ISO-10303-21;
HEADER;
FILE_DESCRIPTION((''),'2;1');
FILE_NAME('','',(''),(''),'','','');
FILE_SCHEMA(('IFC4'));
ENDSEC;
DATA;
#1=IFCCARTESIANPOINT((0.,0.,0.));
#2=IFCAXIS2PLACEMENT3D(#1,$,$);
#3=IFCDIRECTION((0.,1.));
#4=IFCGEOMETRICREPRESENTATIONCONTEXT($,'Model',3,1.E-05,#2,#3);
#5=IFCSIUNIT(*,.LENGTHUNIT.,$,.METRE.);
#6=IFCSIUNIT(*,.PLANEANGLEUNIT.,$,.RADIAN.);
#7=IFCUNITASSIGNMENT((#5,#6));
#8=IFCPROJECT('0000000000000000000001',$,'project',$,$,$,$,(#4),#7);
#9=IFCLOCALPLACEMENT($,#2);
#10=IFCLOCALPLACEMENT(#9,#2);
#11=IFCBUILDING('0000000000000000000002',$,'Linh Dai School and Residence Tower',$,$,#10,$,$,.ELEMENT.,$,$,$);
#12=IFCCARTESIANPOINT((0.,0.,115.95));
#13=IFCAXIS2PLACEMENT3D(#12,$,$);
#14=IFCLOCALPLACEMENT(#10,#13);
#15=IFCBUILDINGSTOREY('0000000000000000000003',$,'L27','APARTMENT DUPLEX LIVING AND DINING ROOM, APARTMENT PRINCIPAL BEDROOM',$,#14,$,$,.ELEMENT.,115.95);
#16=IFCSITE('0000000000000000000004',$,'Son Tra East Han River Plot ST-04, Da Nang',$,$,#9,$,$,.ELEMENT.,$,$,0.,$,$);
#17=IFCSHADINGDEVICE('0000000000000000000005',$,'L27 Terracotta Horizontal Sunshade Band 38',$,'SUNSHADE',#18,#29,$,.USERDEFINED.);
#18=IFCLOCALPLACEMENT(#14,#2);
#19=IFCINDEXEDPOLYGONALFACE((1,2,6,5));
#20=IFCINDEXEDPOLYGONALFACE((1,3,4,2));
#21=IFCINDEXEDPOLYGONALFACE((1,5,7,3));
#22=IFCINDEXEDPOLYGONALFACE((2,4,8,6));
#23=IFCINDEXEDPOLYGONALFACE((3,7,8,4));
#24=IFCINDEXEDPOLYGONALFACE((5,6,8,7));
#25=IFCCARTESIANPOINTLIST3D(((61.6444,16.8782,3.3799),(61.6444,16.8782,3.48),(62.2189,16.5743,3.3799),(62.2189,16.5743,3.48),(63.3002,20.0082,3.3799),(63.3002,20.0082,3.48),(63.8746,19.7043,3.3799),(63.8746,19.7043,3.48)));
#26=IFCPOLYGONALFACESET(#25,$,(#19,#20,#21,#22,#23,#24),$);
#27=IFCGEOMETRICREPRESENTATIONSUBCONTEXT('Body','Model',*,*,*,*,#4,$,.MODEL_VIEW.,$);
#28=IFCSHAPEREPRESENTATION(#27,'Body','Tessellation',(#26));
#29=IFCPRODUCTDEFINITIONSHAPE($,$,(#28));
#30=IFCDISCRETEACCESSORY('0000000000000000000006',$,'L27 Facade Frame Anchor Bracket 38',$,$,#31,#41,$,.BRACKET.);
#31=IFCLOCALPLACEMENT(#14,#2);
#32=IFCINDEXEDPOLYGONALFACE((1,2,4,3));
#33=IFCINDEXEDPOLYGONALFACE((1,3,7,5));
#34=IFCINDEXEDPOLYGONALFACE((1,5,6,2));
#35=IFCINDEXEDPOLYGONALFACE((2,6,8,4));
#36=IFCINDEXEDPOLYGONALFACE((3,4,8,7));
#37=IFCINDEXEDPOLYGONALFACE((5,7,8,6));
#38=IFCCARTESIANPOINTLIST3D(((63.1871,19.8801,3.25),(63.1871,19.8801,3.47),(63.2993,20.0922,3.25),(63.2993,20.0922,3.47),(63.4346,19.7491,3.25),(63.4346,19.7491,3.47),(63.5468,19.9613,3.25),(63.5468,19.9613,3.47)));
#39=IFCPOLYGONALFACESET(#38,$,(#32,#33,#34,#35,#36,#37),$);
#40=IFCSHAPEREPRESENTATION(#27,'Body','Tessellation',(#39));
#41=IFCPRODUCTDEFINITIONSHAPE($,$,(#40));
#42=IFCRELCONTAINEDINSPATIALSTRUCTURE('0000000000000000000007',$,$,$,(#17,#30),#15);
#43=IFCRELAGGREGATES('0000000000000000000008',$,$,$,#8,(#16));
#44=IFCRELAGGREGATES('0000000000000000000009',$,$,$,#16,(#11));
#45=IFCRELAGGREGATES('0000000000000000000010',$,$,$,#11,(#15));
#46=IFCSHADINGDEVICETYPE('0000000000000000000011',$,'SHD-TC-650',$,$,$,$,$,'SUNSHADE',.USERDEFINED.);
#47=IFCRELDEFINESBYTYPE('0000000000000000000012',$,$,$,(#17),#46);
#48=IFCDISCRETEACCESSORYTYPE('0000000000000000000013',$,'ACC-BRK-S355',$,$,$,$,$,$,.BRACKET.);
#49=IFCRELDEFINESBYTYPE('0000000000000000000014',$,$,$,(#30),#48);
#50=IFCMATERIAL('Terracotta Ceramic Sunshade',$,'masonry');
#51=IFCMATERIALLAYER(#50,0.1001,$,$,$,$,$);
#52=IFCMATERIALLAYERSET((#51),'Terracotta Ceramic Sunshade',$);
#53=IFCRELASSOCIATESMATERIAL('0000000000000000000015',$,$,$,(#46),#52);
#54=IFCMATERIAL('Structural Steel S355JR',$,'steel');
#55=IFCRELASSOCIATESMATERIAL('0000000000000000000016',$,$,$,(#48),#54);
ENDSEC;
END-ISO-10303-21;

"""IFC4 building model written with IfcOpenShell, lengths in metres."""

from ifc_helpers import new_model, si_unit, direction, frame, origin, origin_2d, place, context, subcontext, project, spatial, rectangle, extrude, source, transform, mapped, material, layer, layer_set, type_object, element, save


model = new_model("IFC4")

# Units and contexts
model_context = context("Model", 3, precision=1e-05, world=origin(), true_north=direction((0.0, 1.0)))
body_context = subcontext(model_context, "Body", "Model", "MODEL_VIEW")
ifc_project = project(units=[si_unit("LENGTHUNIT", "METRE"), si_unit("PLANEANGLEUNIT", "RADIAN")], contexts=[model_context])

# Site, building, storey
site_placement = place(None, origin())
site = spatial("IfcSite", under=ifc_project, at=site_placement, Name="Son Tra East Han River Plot ST-04, Da Nang", CompositionType="ELEMENT", RefElevation=0.0)
building_placement = place(site_placement, origin())
building = spatial("IfcBuilding", under=site, at=building_placement, Name="Linh Dai School and Residence Tower", CompositionType="ELEMENT")
storey_placement = place(building_placement, frame((0.0, 0.0, 115.95)))
storey = spatial("IfcBuildingStorey", under=building, at=storey_placement, Name="L27", Description="APARTMENT DUPLEX LIVING AND DINING ROOM, APARTMENT PRINCIPAL BEDROOM", CompositionType="ELEMENT", Elevation=115.95)

# Shared definitions
ifc_material_1 = material(Name="Structural Steel S355JR", Category="steel")

# Shading device
ifc_material_2 = material(Name="Terracotta Ceramic Sunshade", Category="masonry")
ifc_layer_1 = layer(ifc_material_2, 0.1001)
ifc_layer_set_1 = layer_set([ifc_layer_1], Name="Terracotta Ceramic Sunshade")
shading_device_type = type_object("IfcShadingDeviceType", Name="SHD-TC-650", ElementType="SUNSHADE", PredefinedType="USERDEFINED", material=ifc_layer_set_1)
shared_shape_1 = source(origin(), body_context, "Body", "SweptSolid", [
    extrude(rectangle(XDim=3.541, YDim=0.6499, at=origin_2d()), origin(), (0.0, 0.0, 1.0), 0.1001),
])
shading_device_placement = place(storey_placement, frame((62.7595, 18.2913, 3.3799), z_axis=(0.0, 0.0, 1.0), x_axis=(-0.467596, -0.883942, 0.0)))
element("IfcShadingDevice", 1, at=shading_device_placement, inside=storey, type_object=shading_device_type, Name="L27 Terracotta Horizontal Sunshade Band 38", ObjectType="SUNSHADE", PredefinedType="USERDEFINED", context=body_context, shape_type="MappedRepresentation", body=[
    mapped(shared_shape_1, transform((0.0, 0.0, 0.0), x_axis=(1.0, 0.0, 0.0), y_axis=(0.0, 1.0, 0.0), z_axis=(0.0, 0.0, 1.0), scale=1.0)),
])

# Discrete accessory
discrete_accessory_type = type_object("IfcDiscreteAccessoryType", Name="ACC-BRK-S355", PredefinedType="BRACKET", material=ifc_material_1)
shared_shape_2 = source(origin(), body_context, "Body", "SweptSolid", [
    extrude(rectangle(XDim=0.28, YDim=0.24, at=origin_2d()), origin(), (0.0, 0.0, 1.0), 0.22),
])
discrete_accessory_placement = place(storey_placement, frame((63.3669, 19.9207, 3.25), z_axis=(0.0, 0.0, 1.0), x_axis=(0.883942, -0.467596, 0.0)))
element("IfcDiscreteAccessory", 2, at=discrete_accessory_placement, inside=storey, type_object=discrete_accessory_type, Name="L27 Facade Frame Anchor Bracket 38", PredefinedType="BRACKET", context=body_context, shape_type="MappedRepresentation", body=[
    mapped(shared_shape_2, transform((0.0, 0.0, 0.0), x_axis=(1.0, 0.0, 0.0), y_axis=(0.0, 1.0, 0.0), z_axis=(0.0, 0.0, 1.0), scale=1.0)),
])

save(model, "model.ifc")
